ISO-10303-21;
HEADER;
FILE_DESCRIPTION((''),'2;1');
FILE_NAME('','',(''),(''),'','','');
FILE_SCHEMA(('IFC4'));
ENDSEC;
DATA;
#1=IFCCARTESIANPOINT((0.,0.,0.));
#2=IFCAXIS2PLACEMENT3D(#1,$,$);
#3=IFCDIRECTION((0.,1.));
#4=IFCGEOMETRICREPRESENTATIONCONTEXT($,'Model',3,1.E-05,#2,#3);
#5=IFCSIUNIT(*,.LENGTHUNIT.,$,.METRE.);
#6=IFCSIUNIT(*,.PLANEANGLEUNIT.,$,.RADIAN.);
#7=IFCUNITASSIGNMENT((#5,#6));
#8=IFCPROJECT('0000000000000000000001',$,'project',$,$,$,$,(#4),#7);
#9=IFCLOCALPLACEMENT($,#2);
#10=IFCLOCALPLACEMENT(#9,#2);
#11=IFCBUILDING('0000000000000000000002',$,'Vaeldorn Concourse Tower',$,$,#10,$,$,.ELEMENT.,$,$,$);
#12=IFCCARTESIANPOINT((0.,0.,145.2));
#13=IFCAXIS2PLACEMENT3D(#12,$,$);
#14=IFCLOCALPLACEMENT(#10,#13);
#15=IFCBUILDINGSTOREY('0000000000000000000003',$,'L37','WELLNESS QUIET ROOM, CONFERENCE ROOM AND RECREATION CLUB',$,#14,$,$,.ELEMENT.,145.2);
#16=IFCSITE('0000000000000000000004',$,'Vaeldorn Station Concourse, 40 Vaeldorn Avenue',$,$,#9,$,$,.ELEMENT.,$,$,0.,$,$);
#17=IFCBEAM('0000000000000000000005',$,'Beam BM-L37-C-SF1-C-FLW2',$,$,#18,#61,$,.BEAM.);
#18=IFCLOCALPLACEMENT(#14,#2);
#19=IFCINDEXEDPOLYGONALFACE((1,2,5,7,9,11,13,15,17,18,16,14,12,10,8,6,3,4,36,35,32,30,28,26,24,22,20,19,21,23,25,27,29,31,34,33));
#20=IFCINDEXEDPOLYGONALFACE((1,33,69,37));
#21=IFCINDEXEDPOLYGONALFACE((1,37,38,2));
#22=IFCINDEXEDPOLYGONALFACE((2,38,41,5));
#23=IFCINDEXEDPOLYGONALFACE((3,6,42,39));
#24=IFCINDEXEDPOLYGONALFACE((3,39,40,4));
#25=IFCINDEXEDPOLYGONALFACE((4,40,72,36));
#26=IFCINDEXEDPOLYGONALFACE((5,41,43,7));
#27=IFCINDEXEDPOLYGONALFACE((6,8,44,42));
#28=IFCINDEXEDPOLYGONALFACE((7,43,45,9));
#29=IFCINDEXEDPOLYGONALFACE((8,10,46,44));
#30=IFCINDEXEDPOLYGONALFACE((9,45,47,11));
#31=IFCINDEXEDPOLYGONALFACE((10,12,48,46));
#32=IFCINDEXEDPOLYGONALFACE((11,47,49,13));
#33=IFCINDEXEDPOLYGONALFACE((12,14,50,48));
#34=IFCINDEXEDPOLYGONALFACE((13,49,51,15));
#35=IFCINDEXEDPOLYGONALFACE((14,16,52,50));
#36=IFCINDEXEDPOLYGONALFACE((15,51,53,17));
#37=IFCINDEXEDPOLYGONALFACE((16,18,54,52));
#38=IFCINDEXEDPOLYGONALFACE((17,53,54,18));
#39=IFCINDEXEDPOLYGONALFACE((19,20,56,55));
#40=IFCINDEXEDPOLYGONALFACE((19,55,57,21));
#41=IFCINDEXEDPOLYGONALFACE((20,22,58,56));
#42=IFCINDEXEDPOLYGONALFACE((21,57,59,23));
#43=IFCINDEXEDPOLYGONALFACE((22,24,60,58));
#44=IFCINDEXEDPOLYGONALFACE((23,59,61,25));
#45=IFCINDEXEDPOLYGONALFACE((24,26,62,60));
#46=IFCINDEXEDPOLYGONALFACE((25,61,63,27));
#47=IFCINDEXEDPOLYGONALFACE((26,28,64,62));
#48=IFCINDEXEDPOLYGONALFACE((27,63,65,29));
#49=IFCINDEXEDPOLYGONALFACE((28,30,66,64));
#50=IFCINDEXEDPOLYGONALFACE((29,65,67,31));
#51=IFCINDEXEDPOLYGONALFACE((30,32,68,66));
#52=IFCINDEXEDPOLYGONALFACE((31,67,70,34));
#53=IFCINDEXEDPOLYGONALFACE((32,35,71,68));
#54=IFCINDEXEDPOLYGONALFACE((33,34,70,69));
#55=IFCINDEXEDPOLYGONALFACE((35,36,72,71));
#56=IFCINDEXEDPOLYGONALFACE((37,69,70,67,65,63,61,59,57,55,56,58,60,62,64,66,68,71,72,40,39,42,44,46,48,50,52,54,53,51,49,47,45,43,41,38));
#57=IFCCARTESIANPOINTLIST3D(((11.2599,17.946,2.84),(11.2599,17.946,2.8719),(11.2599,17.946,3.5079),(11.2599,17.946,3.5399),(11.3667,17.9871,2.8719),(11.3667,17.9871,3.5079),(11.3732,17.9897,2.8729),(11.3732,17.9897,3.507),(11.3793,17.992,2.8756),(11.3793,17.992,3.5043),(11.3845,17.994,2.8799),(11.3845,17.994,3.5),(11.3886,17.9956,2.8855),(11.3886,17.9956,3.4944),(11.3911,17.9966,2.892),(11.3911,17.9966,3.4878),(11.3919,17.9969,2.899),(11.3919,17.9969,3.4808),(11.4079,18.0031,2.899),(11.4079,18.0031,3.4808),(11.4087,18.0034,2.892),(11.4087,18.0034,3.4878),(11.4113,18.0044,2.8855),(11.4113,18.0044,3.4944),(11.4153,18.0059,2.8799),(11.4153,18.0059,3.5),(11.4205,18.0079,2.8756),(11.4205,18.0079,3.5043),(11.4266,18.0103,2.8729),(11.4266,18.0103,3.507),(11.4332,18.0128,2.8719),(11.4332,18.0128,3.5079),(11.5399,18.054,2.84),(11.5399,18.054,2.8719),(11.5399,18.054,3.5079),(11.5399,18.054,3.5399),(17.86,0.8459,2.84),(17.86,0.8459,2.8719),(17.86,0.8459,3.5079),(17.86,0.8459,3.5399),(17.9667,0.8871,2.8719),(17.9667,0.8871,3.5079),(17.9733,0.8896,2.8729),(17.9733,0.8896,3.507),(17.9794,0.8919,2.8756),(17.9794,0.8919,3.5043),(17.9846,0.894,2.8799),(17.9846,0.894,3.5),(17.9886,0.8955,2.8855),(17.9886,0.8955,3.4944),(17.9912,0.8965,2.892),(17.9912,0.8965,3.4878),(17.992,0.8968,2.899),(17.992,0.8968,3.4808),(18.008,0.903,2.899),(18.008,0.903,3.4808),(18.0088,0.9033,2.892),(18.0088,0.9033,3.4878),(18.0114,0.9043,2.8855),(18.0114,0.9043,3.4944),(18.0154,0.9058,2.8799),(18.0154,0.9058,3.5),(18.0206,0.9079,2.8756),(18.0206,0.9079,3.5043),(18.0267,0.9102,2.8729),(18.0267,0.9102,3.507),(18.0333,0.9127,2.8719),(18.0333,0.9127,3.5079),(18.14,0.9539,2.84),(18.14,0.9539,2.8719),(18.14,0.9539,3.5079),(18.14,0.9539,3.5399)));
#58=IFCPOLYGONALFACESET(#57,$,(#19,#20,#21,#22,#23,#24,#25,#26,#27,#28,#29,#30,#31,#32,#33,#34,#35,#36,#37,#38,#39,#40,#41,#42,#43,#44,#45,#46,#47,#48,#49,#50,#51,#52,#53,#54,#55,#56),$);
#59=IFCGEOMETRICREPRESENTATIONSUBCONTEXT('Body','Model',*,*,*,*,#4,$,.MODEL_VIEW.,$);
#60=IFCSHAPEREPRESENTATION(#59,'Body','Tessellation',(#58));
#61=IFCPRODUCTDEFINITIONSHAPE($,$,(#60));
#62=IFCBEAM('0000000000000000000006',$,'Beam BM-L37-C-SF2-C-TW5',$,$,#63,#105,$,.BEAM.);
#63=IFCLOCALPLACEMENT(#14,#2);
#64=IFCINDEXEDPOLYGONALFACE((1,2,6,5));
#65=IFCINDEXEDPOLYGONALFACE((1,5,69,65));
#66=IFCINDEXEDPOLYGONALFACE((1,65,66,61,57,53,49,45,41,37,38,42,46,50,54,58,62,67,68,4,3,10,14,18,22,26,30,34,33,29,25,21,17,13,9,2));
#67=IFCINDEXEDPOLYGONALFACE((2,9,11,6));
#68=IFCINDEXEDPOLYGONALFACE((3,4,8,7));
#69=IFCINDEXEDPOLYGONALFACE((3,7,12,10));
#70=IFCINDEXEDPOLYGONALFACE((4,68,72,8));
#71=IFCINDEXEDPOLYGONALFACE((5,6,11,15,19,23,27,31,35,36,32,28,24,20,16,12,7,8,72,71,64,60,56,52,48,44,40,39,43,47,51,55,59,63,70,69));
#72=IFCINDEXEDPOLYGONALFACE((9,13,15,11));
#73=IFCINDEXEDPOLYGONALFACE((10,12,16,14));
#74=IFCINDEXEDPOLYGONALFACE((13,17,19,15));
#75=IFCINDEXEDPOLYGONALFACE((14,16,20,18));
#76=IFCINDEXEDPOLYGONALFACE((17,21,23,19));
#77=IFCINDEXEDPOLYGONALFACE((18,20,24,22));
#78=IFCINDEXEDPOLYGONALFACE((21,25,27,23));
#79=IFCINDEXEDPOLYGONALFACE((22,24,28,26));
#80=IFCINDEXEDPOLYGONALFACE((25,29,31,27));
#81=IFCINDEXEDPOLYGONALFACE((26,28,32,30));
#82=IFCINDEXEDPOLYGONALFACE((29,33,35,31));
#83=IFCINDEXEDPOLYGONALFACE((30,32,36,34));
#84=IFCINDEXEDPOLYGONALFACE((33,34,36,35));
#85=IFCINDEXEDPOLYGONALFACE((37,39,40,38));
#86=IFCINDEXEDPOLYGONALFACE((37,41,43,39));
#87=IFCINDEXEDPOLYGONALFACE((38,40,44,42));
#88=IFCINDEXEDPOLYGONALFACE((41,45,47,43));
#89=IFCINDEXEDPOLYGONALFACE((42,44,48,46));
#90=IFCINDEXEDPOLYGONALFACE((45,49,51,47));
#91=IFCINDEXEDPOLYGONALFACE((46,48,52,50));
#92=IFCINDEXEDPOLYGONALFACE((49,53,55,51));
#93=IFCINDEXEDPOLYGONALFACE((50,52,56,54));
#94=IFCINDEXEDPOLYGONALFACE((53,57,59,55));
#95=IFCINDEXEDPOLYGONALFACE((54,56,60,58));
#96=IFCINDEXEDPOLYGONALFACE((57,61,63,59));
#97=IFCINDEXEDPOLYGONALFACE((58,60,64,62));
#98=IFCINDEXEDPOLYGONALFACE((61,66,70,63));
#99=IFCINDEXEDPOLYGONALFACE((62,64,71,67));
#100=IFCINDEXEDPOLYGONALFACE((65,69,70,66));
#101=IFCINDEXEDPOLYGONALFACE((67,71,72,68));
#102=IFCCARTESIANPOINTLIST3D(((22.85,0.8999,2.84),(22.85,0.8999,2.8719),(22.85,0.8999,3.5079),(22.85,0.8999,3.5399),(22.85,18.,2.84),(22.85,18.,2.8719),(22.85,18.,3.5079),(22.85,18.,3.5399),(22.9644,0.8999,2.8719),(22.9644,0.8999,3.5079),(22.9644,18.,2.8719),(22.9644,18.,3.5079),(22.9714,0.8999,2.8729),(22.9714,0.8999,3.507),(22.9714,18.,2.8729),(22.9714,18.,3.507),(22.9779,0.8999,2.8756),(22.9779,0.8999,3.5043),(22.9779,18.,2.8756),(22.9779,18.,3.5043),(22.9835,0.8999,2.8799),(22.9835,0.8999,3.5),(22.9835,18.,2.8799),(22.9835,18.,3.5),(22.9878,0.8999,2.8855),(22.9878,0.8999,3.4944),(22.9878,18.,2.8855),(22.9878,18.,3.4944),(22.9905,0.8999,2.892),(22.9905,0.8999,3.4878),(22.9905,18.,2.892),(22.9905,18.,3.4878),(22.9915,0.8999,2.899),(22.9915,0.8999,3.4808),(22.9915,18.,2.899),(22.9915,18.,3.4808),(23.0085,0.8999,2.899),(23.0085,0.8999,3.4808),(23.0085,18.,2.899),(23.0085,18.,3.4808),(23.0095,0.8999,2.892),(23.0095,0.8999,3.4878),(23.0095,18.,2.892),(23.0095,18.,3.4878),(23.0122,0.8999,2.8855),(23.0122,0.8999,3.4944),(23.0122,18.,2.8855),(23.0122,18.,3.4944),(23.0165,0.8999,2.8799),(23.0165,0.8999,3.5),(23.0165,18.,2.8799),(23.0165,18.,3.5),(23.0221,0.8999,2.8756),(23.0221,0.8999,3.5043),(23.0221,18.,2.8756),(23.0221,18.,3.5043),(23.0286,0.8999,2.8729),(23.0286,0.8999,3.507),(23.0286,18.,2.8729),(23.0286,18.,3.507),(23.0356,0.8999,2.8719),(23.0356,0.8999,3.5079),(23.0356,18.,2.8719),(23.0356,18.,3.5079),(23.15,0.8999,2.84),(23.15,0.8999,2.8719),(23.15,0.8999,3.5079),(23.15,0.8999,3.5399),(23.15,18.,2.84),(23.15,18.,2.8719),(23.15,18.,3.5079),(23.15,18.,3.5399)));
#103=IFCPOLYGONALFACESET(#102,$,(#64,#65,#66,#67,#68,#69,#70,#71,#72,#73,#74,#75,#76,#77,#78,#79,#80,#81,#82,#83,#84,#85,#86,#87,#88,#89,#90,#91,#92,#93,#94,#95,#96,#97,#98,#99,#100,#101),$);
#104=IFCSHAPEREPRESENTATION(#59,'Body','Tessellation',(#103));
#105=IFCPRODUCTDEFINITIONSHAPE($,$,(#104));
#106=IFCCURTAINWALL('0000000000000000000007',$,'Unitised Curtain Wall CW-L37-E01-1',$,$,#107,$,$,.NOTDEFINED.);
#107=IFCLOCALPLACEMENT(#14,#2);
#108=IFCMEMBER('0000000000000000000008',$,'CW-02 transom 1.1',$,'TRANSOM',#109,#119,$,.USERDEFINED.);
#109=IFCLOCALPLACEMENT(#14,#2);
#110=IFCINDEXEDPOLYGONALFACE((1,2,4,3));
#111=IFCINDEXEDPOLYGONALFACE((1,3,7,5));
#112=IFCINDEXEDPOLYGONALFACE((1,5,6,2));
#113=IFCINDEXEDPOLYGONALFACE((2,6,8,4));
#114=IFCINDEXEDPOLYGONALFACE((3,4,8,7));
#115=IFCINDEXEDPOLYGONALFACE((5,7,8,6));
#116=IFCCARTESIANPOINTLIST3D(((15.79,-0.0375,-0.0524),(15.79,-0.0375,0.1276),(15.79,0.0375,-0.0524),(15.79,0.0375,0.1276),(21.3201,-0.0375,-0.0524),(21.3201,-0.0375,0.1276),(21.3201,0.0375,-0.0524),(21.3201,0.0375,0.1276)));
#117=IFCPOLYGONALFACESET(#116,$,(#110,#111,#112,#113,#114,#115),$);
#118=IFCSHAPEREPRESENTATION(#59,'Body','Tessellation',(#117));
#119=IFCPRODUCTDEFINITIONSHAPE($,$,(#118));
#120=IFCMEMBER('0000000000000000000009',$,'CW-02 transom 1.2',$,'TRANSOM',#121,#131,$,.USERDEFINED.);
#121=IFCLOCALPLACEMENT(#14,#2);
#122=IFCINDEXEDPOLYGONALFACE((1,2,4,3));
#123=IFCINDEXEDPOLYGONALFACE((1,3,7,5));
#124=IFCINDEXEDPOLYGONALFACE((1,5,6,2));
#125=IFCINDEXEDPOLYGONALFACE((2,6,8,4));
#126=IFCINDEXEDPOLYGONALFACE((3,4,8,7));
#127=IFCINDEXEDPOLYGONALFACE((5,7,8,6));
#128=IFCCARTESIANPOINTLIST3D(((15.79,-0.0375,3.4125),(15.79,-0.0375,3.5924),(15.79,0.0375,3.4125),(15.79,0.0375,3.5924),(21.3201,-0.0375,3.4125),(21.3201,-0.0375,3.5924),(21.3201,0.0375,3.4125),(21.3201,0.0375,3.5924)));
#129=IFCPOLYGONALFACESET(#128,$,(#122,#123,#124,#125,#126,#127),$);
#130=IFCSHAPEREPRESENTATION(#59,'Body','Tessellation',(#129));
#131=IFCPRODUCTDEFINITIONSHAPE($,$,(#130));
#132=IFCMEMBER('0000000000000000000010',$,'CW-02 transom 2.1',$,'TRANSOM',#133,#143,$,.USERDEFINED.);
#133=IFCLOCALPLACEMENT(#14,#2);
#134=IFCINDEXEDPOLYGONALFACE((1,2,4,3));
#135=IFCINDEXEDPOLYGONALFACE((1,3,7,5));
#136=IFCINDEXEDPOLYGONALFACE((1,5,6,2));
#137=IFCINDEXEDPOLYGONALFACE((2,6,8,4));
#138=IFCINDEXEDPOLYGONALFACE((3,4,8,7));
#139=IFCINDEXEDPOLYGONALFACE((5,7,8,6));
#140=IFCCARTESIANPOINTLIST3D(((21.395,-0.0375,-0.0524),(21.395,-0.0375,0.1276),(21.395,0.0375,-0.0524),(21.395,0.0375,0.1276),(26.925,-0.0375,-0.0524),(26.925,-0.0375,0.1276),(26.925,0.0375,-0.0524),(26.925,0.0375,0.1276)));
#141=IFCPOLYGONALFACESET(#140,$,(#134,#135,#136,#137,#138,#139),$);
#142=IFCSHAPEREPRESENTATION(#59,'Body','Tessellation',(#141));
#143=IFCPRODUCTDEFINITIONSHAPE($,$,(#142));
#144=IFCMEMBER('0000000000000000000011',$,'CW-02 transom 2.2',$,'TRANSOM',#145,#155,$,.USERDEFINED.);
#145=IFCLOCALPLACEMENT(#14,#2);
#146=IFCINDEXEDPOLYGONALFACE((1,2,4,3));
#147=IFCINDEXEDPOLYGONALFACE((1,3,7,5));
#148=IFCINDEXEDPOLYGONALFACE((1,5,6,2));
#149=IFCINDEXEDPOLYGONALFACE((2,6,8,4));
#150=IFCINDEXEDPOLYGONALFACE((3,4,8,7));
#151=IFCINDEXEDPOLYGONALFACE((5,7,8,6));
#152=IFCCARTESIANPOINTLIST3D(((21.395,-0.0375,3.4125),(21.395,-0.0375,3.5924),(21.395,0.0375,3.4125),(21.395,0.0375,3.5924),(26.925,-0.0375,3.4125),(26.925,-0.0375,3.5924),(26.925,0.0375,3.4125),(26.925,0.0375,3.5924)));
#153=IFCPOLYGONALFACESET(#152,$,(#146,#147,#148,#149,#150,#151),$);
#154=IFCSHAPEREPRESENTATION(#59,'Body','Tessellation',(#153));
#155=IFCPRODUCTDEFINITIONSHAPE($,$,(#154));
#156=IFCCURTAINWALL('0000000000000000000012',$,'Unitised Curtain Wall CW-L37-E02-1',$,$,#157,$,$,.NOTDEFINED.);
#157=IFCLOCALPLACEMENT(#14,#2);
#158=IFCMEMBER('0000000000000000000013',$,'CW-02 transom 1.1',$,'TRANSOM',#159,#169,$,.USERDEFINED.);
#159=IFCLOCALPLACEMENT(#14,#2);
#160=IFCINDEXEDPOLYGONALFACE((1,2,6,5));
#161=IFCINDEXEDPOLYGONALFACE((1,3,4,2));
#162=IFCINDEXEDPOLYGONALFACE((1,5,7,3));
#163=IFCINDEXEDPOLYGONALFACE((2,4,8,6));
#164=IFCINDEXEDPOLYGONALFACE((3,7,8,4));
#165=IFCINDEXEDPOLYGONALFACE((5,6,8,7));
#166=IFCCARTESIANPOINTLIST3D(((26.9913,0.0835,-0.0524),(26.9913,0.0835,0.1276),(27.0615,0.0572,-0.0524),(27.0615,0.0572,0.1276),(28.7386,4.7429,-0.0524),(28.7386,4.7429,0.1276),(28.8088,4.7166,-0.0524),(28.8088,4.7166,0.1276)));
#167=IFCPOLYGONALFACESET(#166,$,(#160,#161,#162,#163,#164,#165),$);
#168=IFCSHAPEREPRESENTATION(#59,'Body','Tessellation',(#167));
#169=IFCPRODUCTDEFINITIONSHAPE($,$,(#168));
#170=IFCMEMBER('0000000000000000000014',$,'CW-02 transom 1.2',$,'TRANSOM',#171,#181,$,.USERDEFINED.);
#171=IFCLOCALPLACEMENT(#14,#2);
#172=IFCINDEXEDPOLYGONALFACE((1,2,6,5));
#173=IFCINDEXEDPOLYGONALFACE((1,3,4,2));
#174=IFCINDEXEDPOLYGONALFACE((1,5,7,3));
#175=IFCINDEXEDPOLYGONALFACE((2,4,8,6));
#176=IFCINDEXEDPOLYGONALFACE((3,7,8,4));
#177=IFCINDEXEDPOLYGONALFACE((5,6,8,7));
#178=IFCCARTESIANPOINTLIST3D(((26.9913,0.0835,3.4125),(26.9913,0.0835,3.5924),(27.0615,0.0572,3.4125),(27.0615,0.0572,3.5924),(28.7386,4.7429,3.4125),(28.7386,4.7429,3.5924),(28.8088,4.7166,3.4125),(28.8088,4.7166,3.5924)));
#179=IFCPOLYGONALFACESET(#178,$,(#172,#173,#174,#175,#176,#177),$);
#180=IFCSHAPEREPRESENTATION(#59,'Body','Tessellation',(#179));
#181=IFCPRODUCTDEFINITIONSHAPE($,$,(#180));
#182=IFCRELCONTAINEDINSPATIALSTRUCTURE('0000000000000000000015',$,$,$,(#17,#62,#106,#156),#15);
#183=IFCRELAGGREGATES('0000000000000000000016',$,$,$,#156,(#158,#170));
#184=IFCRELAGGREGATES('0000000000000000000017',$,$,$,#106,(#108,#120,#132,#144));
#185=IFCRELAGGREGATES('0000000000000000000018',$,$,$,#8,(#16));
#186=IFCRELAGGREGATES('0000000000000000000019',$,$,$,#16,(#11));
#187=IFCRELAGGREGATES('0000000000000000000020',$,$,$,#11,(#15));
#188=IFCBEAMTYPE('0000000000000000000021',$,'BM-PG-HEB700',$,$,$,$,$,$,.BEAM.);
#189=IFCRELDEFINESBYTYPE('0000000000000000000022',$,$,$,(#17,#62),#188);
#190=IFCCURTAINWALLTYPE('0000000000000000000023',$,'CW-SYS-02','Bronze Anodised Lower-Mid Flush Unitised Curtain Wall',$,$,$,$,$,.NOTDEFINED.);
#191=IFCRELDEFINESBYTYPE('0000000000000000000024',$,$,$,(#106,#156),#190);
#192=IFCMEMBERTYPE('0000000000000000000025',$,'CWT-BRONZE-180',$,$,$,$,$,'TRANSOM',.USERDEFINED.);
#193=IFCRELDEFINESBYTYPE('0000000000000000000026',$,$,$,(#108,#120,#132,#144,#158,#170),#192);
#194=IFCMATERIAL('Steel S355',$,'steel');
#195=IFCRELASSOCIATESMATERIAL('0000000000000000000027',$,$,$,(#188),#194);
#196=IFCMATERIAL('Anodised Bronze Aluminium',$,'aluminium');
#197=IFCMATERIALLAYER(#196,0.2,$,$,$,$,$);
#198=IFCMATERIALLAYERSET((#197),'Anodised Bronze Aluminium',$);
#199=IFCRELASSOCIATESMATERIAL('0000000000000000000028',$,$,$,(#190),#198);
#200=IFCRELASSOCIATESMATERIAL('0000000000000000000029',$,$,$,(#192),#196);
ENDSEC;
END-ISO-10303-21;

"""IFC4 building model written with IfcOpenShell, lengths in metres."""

from ifc_helpers import new_model, si_unit, direction, frame, origin, origin_2d, place, context, subcontext, project, spatial, rectangle, i_section, extrude, source, transform, mapped, material, layer, layer_set, material_profile, profile_set, type_object, element, aggregate, save


model = new_model("IFC4")

# Units and contexts
model_context = context("Model", 3, precision=1e-05, world=origin(), true_north=direction((0.0, 1.0)))
body_context = subcontext(model_context, "Body", "Model", "MODEL_VIEW")
ifc_project = project(units=[si_unit("LENGTHUNIT", "METRE"), si_unit("PLANEANGLEUNIT", "RADIAN")], contexts=[model_context])

# Site, building, storey
site_placement = place(None, origin())
site = spatial("IfcSite", under=ifc_project, at=site_placement, Name="Vaeldorn Station Concourse, 40 Vaeldorn Avenue", CompositionType="ELEMENT", RefElevation=0.0)
building_placement = place(site_placement, origin())
building = spatial("IfcBuilding", under=site, at=building_placement, Name="Vaeldorn Concourse Tower", CompositionType="ELEMENT")
storey_placement = place(building_placement, frame((0.0, 0.0, 145.2)))
storey = spatial("IfcBuildingStorey", under=building, at=storey_placement, Name="L37", Description="WELLNESS QUIET ROOM, CONFERENCE ROOM AND RECREATION CLUB", CompositionType="ELEMENT", Elevation=145.2)

# Beams
ifc_material_1 = material(Name="Steel S355", Category="steel")
ifc_material_profile_1 = material_profile(ifc_material_1, i_section(OverallWidth=0.3, OverallDepth=0.7, WebThickness=0.0171, FlangeThickness=0.032, FilletRadius=0.0271, at=origin_2d()), Name="HEB 700")
ifc_profile_set_1 = profile_set([ifc_material_profile_1], Name="Steel S355")
beam_type_1 = type_object("IfcBeamType", Name="BM-PG-HEB700", PredefinedType="BEAM", material=ifc_profile_set_1)
shared_shape_1 = source(origin(), body_context, "Body", "SweptSolid", [
    extrude(i_section(OverallWidth=0.3, OverallDepth=0.7, WebThickness=0.0171, FlangeThickness=0.032, FilletRadius=0.0271, at=origin_2d()), origin(), (0.0, 0.0, 1.0), 18.3296),
])
beam_1_placement = place(storey_placement, frame((18.0, 0.8999, 3.1899), z_axis=(-0.360078, 0.932922, 0.0), x_axis=(-0.932922, -0.360078, 0.0)))
element("IfcBeam", 1, at=beam_1_placement, inside=storey, type_object=beam_type_1, Name="Beam BM-L37-C-SF1-C-FLW2", PredefinedType="BEAM", context=body_context, shape_type="MappedRepresentation", body=[
    mapped(shared_shape_1, transform((0.0, 0.0, 0.0), scale=1.0)),
])
shared_shape_2 = source(origin(), body_context, "Body", "SweptSolid", [
    extrude(i_section(OverallWidth=0.3, OverallDepth=0.7, WebThickness=0.0171, FlangeThickness=0.032, FilletRadius=0.0271, at=origin_2d()), origin(), (0.0, 0.0, 1.0), 17.1001),
])
beam_2_placement = place(storey_placement, frame((23.0, 0.8999, 3.1899), z_axis=(0.0, 1.0, 0.0), x_axis=(-1.0, 0.0, 0.0)))
element("IfcBeam", 2, at=beam_2_placement, inside=storey, type_object=beam_type_1, Name="Beam BM-L37-C-SF2-C-TW5", PredefinedType="BEAM", context=body_context, shape_type="MappedRepresentation", body=[
    mapped(shared_shape_2, transform((0.0, 0.0, 0.0), scale=1.0)),
])

# Curtain walls, members
ifc_material_2 = material(Name="Anodised Bronze Aluminium", Category="aluminium")
ifc_layer_1 = layer(ifc_material_2, 0.2)
ifc_layer_set_1 = layer_set([ifc_layer_1], Name="Anodised Bronze Aluminium")
curtain_wall_type = type_object("IfcCurtainWallType", Name="CW-SYS-02", Description="Bronze Anodised Lower-Mid Flush Unitised Curtain Wall", PredefinedType="NOTDEFINED", material=ifc_layer_set_1)
curtain_wall_1_placement = place(storey_placement, origin())
curtain_wall_1 = element("IfcCurtainWall", 3, at=curtain_wall_1_placement, inside=storey, type_object=curtain_wall_type, Name="Unitised Curtain Wall CW-L37-E01-1", PredefinedType="NOTDEFINED")
ifc_material_profile_2 = material_profile(ifc_material_2, rectangle(XDim=0.075, YDim=0.1799, at=origin_2d()), Name="CWT 75x180")
ifc_profile_set_2 = profile_set([ifc_material_profile_2], Name="Anodised Bronze Aluminium")
member_type_1 = type_object("IfcMemberType", Name="CWT-BRONZE-180", ElementType="TRANSOM", PredefinedType="USERDEFINED", material=ifc_profile_set_2)
shared_shape_3 = source(origin(), body_context, "Body", "SweptSolid", [
    extrude(rectangle(XDim=0.075, YDim=0.1799, at=origin_2d()), origin(), (0.0, 0.0, 1.0), 5.53),
])
member_1_placement = place(storey_placement, frame((15.79, 0.0, 0.0376), z_axis=(1.0, 0.0, 0.0), x_axis=(0.0, 1.0, 0.0)))
member_1 = element("IfcMember", 4, at=member_1_placement, type_object=member_type_1, Name="CW-02 transom 1.1", ObjectType="TRANSOM", PredefinedType="USERDEFINED", context=body_context, shape_type="MappedRepresentation", body=[
    mapped(shared_shape_3, transform((0.0, 0.0, 0.0), scale=1.0)),
])
member_2_placement = place(storey_placement, frame((15.79, 0.0, 3.5024), z_axis=(1.0, 0.0, 0.0), x_axis=(0.0, 1.0, 0.0)))
member_2 = element("IfcMember", 5, at=member_2_placement, type_object=member_type_1, Name="CW-02 transom 1.2", ObjectType="TRANSOM", PredefinedType="USERDEFINED", context=body_context, shape_type="MappedRepresentation", body=[
    mapped(shared_shape_3, transform((0.0, 0.0, 0.0), scale=1.0)),
])
member_3_placement = place(storey_placement, frame((21.395, 0.0, 0.0376), z_axis=(1.0, 0.0, 0.0), x_axis=(0.0, 1.0, 0.0)))
member_3 = element("IfcMember", 6, at=member_3_placement, type_object=member_type_1, Name="CW-02 transom 2.1", ObjectType="TRANSOM", PredefinedType="USERDEFINED", context=body_context, shape_type="MappedRepresentation", body=[
    mapped(shared_shape_3, transform((0.0, 0.0, 0.0), scale=1.0)),
])
member_4_placement = place(storey_placement, frame((21.395, 0.0, 3.5024), z_axis=(1.0, 0.0, 0.0), x_axis=(0.0, 1.0, 0.0)))
member_4 = element("IfcMember", 7, at=member_4_placement, type_object=member_type_1, Name="CW-02 transom 2.2", ObjectType="TRANSOM", PredefinedType="USERDEFINED", context=body_context, shape_type="MappedRepresentation", body=[
    mapped(shared_shape_3, transform((0.0, 0.0, 0.0), scale=1.0)),
])
curtain_wall_2_placement = place(storey_placement, origin())
curtain_wall_2 = element("IfcCurtainWall", 8, at=curtain_wall_2_placement, inside=storey, type_object=curtain_wall_type, Name="Unitised Curtain Wall CW-L37-E02-1", PredefinedType="NOTDEFINED")
shared_shape_4 = source(origin(), body_context, "Body", "SweptSolid", [
    extrude(rectangle(XDim=0.075, YDim=0.1799, at=origin_2d()), origin(), (0.0, 0.0, 1.0), 4.9763),
])
member_5_placement = place(storey_placement, frame((27.0264, 0.0703, 0.0376), z_axis=(0.351129, 0.936327, 0.0), x_axis=(-0.936327, 0.351129, 0.0)))
member_5 = element("IfcMember", 9, at=member_5_placement, type_object=member_type_1, Name="CW-02 transom 1.1", ObjectType="TRANSOM", PredefinedType="USERDEFINED", context=body_context, shape_type="MappedRepresentation", body=[
    mapped(shared_shape_4, transform((0.0, 0.0, 0.0), scale=1.0)),
])
member_6_placement = place(storey_placement, frame((27.0264, 0.0703, 3.5024), z_axis=(0.351129, 0.936327, 0.0), x_axis=(-0.936327, 0.351129, 0.0)))
member_6 = element("IfcMember", 10, at=member_6_placement, type_object=member_type_1, Name="CW-02 transom 1.2", ObjectType="TRANSOM", PredefinedType="USERDEFINED", context=body_context, shape_type="MappedRepresentation", body=[
    mapped(shared_shape_4, transform((0.0, 0.0, 0.0), scale=1.0)),
])

aggregate(curtain_wall_2, [member_5, member_6])

aggregate(curtain_wall_1, [member_1, member_2, member_3, member_4])

save(model, "model.ifc")
